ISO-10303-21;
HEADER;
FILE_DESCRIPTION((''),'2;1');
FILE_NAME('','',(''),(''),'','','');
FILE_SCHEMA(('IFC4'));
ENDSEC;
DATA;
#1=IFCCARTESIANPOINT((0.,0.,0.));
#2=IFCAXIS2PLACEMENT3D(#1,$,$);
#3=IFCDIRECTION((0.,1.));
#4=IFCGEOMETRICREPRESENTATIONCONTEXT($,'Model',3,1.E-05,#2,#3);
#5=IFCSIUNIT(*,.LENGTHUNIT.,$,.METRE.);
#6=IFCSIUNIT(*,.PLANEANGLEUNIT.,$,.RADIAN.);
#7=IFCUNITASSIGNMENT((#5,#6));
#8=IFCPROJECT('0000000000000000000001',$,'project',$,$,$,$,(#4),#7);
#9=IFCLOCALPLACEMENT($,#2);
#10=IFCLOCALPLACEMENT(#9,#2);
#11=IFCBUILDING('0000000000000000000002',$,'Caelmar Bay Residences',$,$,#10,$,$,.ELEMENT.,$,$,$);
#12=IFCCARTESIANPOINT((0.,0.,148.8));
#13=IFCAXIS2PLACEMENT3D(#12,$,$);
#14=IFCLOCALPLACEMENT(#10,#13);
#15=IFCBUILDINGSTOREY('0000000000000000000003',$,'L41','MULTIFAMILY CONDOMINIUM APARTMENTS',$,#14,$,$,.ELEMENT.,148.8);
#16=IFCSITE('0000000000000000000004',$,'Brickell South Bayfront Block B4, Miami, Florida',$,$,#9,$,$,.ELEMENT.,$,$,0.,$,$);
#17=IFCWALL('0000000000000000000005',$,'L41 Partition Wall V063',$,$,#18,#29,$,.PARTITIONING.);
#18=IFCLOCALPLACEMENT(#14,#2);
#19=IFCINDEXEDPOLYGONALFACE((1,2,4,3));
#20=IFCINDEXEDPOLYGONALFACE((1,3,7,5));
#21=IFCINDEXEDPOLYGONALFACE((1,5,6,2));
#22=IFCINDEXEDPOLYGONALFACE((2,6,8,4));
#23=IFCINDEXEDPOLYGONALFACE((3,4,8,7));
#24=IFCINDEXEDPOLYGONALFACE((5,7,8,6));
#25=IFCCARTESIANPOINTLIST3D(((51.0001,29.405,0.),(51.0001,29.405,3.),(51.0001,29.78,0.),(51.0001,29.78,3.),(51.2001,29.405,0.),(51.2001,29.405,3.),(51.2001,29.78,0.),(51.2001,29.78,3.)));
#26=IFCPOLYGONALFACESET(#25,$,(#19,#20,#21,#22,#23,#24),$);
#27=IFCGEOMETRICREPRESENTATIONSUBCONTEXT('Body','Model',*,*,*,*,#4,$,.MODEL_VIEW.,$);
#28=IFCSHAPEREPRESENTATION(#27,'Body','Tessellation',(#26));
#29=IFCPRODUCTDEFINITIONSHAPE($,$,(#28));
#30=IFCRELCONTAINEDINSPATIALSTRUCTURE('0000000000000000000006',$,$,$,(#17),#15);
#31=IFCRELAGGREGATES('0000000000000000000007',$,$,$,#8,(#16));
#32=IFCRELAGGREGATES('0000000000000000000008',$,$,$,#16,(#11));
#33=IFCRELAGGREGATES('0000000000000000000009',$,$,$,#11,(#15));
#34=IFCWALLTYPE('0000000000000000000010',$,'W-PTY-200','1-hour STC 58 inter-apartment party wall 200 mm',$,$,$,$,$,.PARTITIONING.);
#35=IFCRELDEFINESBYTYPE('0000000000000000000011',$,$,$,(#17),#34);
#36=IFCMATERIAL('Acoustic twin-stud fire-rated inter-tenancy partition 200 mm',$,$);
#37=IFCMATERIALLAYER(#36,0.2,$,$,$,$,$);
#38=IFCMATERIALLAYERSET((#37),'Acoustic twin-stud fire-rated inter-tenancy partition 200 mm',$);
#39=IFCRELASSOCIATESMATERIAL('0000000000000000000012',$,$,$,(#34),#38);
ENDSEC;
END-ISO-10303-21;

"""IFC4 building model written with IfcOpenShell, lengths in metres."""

from ifc_helpers import new_model, si_unit, direction, frame, frame_2d, origin, place, context, subcontext, project, spatial, rectangle, extrude, material, layer, layer_set, type_object, element, save


model = new_model("IFC4")

# Units and contexts
model_context = context("Model", 3, precision=1e-05, world=origin(), true_north=direction((0.0, 1.0)))
body_context = subcontext(model_context, "Body", "Model", "MODEL_VIEW")
ifc_project = project(units=[si_unit("LENGTHUNIT", "METRE"), si_unit("PLANEANGLEUNIT", "RADIAN")], contexts=[model_context])

# Site, building, storey
site_placement = place(None, origin())
site = spatial("IfcSite", under=ifc_project, at=site_placement, Name="Brickell South Bayfront Block B4, Miami, Florida", CompositionType="ELEMENT", RefElevation=0.0)
building_placement = place(site_placement, origin())
building = spatial("IfcBuilding", under=site, at=building_placement, Name="Caelmar Bay Residences", CompositionType="ELEMENT")
storey_placement = place(building_placement, frame((0.0, 0.0, 148.8)))
storey = spatial("IfcBuildingStorey", under=building, at=storey_placement, Name="L41", Description="MULTIFAMILY CONDOMINIUM APARTMENTS", CompositionType="ELEMENT", Elevation=148.8)

# Wall
ifc_material_1 = material(Name="Acoustic twin-stud fire-rated inter-tenancy partition 200 mm")
ifc_layer_1 = layer(ifc_material_1, 0.2)
ifc_layer_set_1 = layer_set([ifc_layer_1], Name="Acoustic twin-stud fire-rated inter-tenancy partition 200 mm")
wall_type_1 = type_object("IfcWallType", Name="W-PTY-200", Description="1-hour STC 58 inter-apartment party wall 200 mm", PredefinedType="PARTITIONING", material=ifc_layer_set_1)
wall_1_placement = place(storey_placement, frame((51.1001, 29.405, 0.0), z_axis=(0.0, 0.0, 1.0), x_axis=(0.0, 1.0, 0.0)))
element("IfcWall", 1, at=wall_1_placement, inside=storey, type_object=wall_type_1, Name="L41 Partition Wall V063", PredefinedType="PARTITIONING", context=body_context, shape_type="SweptSolid", body=[
    extrude(rectangle(XDim=0.375, YDim=0.2, at=frame_2d((0.1875, 0.0))), origin(), (0.0, 0.0, 1.0), 3.0),
])

save(model, "model.ifc")
